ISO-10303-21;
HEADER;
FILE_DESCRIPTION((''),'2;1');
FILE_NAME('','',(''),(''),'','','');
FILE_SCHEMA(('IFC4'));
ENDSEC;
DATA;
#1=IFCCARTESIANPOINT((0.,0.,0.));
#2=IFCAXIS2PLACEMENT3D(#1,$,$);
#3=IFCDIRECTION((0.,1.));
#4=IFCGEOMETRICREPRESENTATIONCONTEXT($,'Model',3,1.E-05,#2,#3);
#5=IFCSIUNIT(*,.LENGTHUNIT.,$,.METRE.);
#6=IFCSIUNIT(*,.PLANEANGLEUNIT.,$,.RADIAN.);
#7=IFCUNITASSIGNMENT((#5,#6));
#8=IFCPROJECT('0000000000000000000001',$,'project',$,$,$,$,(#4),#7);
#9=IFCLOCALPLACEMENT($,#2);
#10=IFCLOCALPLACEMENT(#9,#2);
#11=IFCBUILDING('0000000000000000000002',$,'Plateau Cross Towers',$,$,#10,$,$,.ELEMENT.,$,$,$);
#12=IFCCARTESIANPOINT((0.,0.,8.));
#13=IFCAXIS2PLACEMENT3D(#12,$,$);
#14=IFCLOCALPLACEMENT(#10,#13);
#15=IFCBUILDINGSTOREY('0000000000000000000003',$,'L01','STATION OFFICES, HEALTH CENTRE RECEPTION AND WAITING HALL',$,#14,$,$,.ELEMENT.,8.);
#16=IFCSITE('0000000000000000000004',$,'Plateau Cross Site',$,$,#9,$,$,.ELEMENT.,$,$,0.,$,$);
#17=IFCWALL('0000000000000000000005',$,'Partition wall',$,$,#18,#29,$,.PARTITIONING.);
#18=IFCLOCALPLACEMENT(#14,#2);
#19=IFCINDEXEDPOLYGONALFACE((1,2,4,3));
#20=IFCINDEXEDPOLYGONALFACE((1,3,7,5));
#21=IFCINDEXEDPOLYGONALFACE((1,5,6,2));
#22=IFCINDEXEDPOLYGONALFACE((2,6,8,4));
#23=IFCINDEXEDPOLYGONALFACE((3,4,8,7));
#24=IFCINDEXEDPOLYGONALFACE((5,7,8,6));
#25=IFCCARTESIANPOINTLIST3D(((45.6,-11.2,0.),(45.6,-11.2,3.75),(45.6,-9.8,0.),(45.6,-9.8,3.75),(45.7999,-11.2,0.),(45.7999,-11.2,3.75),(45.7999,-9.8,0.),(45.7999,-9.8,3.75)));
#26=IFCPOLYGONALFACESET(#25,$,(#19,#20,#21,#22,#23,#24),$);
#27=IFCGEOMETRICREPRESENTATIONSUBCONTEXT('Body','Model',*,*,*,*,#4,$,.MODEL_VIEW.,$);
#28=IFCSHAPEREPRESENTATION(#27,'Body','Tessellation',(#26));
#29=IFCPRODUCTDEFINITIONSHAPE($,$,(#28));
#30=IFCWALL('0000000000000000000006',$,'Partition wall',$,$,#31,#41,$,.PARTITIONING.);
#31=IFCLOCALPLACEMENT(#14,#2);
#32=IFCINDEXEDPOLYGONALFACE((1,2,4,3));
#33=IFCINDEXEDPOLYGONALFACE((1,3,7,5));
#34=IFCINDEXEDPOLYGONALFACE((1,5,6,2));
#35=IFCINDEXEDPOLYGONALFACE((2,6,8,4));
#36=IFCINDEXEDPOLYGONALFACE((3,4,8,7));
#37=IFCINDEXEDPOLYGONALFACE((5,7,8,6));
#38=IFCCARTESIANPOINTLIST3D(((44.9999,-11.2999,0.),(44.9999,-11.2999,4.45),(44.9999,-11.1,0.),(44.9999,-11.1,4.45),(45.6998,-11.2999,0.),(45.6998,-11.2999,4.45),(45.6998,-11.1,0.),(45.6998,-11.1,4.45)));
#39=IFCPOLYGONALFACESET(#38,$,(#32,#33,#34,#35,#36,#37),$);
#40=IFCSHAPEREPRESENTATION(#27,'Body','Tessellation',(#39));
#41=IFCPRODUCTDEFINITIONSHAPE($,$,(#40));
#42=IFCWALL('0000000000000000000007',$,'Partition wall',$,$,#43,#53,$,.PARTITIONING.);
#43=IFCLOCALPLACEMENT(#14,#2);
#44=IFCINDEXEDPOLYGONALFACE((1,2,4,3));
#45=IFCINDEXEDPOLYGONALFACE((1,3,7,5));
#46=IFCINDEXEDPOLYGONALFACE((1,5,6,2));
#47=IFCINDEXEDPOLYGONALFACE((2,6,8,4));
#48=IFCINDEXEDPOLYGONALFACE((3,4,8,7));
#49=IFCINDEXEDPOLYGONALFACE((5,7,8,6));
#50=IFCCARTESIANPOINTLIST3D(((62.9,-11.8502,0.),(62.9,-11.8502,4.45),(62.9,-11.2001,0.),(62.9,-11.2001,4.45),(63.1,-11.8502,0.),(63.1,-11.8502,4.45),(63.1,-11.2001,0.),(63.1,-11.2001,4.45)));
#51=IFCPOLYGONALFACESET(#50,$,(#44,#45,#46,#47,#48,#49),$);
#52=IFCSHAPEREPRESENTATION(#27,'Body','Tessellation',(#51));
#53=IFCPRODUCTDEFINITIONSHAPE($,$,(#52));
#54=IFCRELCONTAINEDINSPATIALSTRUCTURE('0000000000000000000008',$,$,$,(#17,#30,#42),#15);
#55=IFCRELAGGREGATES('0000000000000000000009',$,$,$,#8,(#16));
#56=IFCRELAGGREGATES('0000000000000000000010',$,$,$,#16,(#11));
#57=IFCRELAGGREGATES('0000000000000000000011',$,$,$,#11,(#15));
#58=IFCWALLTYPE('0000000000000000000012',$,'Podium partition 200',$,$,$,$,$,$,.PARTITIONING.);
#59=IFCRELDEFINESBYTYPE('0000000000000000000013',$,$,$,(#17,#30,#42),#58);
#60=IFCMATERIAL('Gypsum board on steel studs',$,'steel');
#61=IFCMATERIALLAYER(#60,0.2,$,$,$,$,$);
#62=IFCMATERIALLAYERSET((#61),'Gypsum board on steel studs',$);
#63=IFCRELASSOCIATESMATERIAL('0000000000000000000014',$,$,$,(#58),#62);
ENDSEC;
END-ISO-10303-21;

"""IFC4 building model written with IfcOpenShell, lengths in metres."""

from ifc_helpers import new_model, si_unit, direction, frame, frame_2d, origin, place, context, subcontext, project, spatial, rectangle, extrude, material, layer, layer_set, type_object, element, save


model = new_model("IFC4")

# Units and contexts
model_context = context("Model", 3, precision=1e-05, world=origin(), true_north=direction((0.0, 1.0)))
body_context = subcontext(model_context, "Body", "Model", "MODEL_VIEW")
ifc_project = project(units=[si_unit("LENGTHUNIT", "METRE"), si_unit("PLANEANGLEUNIT", "RADIAN")], contexts=[model_context])

# Site, building, storey
site_placement = place(None, origin())
site = spatial("IfcSite", under=ifc_project, at=site_placement, Name="Plateau Cross Site", CompositionType="ELEMENT", RefElevation=0.0)
building_placement = place(site_placement, origin())
building = spatial("IfcBuilding", under=site, at=building_placement, Name="Plateau Cross Towers", CompositionType="ELEMENT")
storey_placement = place(building_placement, frame((0.0, 0.0, 8.0)))
storey = spatial("IfcBuildingStorey", under=building, at=storey_placement, Name="L01", Description="STATION OFFICES, HEALTH CENTRE RECEPTION AND WAITING HALL", CompositionType="ELEMENT", Elevation=8.0)

# Shared definitions
ifc_material_1 = material(Name="Gypsum board on steel studs", Category="steel")
ifc_layer_1 = layer(ifc_material_1, 0.2)
ifc_layer_set_1 = layer_set([ifc_layer_1], Name="Gypsum board on steel studs")
wall_type = type_object("IfcWallType", Name="Podium partition 200", PredefinedType="PARTITIONING", material=ifc_layer_set_1)

# Walls
for number, where, z_axis, x_axis, name in (
    (1, (45.7, -9.8, 0.0), (0.0, 0.0, 1.0), (0.0, -1.0, 0.0), "Partition wall"),
):
    element("IfcWall", number, at=place(storey_placement, frame(where, z_axis=z_axis, x_axis=x_axis)), inside=storey, type_object=wall_type, Name=name, PredefinedType="PARTITIONING", context=body_context, shape_type="SweptSolid", body=[
        extrude(rectangle(XDim=1.3999, YDim=0.2, at=frame_2d((0.7, 0.0))), origin(), (0.0, 0.0, 1.0), 3.75),
    ])
wall_1_placement = place(storey_placement, frame((45.7, -11.2, 0.0), z_axis=(0.0, 0.0, 1.0), x_axis=(-1.0, 0.0, 0.0)))
element("IfcWall", 2, at=wall_1_placement, inside=storey, type_object=wall_type, Name="Partition wall", PredefinedType="PARTITIONING", context=body_context, shape_type="SweptSolid", body=[
    extrude(rectangle(XDim=0.7, YDim=0.2, at=frame_2d((0.3501, 0.0))), origin(), (0.0, 0.0, 1.0), 4.45),
])
wall_2_placement = place(storey_placement, frame((63.0, -11.2, 0.0), z_axis=(0.0, 0.0, 1.0), x_axis=(0.0, -1.0, 0.0)))
element("IfcWall", 3, at=wall_2_placement, inside=storey, type_object=wall_type, Name="Partition wall", PredefinedType="PARTITIONING", context=body_context, shape_type="SweptSolid", body=[
    extrude(rectangle(XDim=0.6501, YDim=0.2, at=frame_2d((0.3252, 0.0))), origin(), (0.0, 0.0, 1.0), 4.45),
])

save(model, "model.ifc")
